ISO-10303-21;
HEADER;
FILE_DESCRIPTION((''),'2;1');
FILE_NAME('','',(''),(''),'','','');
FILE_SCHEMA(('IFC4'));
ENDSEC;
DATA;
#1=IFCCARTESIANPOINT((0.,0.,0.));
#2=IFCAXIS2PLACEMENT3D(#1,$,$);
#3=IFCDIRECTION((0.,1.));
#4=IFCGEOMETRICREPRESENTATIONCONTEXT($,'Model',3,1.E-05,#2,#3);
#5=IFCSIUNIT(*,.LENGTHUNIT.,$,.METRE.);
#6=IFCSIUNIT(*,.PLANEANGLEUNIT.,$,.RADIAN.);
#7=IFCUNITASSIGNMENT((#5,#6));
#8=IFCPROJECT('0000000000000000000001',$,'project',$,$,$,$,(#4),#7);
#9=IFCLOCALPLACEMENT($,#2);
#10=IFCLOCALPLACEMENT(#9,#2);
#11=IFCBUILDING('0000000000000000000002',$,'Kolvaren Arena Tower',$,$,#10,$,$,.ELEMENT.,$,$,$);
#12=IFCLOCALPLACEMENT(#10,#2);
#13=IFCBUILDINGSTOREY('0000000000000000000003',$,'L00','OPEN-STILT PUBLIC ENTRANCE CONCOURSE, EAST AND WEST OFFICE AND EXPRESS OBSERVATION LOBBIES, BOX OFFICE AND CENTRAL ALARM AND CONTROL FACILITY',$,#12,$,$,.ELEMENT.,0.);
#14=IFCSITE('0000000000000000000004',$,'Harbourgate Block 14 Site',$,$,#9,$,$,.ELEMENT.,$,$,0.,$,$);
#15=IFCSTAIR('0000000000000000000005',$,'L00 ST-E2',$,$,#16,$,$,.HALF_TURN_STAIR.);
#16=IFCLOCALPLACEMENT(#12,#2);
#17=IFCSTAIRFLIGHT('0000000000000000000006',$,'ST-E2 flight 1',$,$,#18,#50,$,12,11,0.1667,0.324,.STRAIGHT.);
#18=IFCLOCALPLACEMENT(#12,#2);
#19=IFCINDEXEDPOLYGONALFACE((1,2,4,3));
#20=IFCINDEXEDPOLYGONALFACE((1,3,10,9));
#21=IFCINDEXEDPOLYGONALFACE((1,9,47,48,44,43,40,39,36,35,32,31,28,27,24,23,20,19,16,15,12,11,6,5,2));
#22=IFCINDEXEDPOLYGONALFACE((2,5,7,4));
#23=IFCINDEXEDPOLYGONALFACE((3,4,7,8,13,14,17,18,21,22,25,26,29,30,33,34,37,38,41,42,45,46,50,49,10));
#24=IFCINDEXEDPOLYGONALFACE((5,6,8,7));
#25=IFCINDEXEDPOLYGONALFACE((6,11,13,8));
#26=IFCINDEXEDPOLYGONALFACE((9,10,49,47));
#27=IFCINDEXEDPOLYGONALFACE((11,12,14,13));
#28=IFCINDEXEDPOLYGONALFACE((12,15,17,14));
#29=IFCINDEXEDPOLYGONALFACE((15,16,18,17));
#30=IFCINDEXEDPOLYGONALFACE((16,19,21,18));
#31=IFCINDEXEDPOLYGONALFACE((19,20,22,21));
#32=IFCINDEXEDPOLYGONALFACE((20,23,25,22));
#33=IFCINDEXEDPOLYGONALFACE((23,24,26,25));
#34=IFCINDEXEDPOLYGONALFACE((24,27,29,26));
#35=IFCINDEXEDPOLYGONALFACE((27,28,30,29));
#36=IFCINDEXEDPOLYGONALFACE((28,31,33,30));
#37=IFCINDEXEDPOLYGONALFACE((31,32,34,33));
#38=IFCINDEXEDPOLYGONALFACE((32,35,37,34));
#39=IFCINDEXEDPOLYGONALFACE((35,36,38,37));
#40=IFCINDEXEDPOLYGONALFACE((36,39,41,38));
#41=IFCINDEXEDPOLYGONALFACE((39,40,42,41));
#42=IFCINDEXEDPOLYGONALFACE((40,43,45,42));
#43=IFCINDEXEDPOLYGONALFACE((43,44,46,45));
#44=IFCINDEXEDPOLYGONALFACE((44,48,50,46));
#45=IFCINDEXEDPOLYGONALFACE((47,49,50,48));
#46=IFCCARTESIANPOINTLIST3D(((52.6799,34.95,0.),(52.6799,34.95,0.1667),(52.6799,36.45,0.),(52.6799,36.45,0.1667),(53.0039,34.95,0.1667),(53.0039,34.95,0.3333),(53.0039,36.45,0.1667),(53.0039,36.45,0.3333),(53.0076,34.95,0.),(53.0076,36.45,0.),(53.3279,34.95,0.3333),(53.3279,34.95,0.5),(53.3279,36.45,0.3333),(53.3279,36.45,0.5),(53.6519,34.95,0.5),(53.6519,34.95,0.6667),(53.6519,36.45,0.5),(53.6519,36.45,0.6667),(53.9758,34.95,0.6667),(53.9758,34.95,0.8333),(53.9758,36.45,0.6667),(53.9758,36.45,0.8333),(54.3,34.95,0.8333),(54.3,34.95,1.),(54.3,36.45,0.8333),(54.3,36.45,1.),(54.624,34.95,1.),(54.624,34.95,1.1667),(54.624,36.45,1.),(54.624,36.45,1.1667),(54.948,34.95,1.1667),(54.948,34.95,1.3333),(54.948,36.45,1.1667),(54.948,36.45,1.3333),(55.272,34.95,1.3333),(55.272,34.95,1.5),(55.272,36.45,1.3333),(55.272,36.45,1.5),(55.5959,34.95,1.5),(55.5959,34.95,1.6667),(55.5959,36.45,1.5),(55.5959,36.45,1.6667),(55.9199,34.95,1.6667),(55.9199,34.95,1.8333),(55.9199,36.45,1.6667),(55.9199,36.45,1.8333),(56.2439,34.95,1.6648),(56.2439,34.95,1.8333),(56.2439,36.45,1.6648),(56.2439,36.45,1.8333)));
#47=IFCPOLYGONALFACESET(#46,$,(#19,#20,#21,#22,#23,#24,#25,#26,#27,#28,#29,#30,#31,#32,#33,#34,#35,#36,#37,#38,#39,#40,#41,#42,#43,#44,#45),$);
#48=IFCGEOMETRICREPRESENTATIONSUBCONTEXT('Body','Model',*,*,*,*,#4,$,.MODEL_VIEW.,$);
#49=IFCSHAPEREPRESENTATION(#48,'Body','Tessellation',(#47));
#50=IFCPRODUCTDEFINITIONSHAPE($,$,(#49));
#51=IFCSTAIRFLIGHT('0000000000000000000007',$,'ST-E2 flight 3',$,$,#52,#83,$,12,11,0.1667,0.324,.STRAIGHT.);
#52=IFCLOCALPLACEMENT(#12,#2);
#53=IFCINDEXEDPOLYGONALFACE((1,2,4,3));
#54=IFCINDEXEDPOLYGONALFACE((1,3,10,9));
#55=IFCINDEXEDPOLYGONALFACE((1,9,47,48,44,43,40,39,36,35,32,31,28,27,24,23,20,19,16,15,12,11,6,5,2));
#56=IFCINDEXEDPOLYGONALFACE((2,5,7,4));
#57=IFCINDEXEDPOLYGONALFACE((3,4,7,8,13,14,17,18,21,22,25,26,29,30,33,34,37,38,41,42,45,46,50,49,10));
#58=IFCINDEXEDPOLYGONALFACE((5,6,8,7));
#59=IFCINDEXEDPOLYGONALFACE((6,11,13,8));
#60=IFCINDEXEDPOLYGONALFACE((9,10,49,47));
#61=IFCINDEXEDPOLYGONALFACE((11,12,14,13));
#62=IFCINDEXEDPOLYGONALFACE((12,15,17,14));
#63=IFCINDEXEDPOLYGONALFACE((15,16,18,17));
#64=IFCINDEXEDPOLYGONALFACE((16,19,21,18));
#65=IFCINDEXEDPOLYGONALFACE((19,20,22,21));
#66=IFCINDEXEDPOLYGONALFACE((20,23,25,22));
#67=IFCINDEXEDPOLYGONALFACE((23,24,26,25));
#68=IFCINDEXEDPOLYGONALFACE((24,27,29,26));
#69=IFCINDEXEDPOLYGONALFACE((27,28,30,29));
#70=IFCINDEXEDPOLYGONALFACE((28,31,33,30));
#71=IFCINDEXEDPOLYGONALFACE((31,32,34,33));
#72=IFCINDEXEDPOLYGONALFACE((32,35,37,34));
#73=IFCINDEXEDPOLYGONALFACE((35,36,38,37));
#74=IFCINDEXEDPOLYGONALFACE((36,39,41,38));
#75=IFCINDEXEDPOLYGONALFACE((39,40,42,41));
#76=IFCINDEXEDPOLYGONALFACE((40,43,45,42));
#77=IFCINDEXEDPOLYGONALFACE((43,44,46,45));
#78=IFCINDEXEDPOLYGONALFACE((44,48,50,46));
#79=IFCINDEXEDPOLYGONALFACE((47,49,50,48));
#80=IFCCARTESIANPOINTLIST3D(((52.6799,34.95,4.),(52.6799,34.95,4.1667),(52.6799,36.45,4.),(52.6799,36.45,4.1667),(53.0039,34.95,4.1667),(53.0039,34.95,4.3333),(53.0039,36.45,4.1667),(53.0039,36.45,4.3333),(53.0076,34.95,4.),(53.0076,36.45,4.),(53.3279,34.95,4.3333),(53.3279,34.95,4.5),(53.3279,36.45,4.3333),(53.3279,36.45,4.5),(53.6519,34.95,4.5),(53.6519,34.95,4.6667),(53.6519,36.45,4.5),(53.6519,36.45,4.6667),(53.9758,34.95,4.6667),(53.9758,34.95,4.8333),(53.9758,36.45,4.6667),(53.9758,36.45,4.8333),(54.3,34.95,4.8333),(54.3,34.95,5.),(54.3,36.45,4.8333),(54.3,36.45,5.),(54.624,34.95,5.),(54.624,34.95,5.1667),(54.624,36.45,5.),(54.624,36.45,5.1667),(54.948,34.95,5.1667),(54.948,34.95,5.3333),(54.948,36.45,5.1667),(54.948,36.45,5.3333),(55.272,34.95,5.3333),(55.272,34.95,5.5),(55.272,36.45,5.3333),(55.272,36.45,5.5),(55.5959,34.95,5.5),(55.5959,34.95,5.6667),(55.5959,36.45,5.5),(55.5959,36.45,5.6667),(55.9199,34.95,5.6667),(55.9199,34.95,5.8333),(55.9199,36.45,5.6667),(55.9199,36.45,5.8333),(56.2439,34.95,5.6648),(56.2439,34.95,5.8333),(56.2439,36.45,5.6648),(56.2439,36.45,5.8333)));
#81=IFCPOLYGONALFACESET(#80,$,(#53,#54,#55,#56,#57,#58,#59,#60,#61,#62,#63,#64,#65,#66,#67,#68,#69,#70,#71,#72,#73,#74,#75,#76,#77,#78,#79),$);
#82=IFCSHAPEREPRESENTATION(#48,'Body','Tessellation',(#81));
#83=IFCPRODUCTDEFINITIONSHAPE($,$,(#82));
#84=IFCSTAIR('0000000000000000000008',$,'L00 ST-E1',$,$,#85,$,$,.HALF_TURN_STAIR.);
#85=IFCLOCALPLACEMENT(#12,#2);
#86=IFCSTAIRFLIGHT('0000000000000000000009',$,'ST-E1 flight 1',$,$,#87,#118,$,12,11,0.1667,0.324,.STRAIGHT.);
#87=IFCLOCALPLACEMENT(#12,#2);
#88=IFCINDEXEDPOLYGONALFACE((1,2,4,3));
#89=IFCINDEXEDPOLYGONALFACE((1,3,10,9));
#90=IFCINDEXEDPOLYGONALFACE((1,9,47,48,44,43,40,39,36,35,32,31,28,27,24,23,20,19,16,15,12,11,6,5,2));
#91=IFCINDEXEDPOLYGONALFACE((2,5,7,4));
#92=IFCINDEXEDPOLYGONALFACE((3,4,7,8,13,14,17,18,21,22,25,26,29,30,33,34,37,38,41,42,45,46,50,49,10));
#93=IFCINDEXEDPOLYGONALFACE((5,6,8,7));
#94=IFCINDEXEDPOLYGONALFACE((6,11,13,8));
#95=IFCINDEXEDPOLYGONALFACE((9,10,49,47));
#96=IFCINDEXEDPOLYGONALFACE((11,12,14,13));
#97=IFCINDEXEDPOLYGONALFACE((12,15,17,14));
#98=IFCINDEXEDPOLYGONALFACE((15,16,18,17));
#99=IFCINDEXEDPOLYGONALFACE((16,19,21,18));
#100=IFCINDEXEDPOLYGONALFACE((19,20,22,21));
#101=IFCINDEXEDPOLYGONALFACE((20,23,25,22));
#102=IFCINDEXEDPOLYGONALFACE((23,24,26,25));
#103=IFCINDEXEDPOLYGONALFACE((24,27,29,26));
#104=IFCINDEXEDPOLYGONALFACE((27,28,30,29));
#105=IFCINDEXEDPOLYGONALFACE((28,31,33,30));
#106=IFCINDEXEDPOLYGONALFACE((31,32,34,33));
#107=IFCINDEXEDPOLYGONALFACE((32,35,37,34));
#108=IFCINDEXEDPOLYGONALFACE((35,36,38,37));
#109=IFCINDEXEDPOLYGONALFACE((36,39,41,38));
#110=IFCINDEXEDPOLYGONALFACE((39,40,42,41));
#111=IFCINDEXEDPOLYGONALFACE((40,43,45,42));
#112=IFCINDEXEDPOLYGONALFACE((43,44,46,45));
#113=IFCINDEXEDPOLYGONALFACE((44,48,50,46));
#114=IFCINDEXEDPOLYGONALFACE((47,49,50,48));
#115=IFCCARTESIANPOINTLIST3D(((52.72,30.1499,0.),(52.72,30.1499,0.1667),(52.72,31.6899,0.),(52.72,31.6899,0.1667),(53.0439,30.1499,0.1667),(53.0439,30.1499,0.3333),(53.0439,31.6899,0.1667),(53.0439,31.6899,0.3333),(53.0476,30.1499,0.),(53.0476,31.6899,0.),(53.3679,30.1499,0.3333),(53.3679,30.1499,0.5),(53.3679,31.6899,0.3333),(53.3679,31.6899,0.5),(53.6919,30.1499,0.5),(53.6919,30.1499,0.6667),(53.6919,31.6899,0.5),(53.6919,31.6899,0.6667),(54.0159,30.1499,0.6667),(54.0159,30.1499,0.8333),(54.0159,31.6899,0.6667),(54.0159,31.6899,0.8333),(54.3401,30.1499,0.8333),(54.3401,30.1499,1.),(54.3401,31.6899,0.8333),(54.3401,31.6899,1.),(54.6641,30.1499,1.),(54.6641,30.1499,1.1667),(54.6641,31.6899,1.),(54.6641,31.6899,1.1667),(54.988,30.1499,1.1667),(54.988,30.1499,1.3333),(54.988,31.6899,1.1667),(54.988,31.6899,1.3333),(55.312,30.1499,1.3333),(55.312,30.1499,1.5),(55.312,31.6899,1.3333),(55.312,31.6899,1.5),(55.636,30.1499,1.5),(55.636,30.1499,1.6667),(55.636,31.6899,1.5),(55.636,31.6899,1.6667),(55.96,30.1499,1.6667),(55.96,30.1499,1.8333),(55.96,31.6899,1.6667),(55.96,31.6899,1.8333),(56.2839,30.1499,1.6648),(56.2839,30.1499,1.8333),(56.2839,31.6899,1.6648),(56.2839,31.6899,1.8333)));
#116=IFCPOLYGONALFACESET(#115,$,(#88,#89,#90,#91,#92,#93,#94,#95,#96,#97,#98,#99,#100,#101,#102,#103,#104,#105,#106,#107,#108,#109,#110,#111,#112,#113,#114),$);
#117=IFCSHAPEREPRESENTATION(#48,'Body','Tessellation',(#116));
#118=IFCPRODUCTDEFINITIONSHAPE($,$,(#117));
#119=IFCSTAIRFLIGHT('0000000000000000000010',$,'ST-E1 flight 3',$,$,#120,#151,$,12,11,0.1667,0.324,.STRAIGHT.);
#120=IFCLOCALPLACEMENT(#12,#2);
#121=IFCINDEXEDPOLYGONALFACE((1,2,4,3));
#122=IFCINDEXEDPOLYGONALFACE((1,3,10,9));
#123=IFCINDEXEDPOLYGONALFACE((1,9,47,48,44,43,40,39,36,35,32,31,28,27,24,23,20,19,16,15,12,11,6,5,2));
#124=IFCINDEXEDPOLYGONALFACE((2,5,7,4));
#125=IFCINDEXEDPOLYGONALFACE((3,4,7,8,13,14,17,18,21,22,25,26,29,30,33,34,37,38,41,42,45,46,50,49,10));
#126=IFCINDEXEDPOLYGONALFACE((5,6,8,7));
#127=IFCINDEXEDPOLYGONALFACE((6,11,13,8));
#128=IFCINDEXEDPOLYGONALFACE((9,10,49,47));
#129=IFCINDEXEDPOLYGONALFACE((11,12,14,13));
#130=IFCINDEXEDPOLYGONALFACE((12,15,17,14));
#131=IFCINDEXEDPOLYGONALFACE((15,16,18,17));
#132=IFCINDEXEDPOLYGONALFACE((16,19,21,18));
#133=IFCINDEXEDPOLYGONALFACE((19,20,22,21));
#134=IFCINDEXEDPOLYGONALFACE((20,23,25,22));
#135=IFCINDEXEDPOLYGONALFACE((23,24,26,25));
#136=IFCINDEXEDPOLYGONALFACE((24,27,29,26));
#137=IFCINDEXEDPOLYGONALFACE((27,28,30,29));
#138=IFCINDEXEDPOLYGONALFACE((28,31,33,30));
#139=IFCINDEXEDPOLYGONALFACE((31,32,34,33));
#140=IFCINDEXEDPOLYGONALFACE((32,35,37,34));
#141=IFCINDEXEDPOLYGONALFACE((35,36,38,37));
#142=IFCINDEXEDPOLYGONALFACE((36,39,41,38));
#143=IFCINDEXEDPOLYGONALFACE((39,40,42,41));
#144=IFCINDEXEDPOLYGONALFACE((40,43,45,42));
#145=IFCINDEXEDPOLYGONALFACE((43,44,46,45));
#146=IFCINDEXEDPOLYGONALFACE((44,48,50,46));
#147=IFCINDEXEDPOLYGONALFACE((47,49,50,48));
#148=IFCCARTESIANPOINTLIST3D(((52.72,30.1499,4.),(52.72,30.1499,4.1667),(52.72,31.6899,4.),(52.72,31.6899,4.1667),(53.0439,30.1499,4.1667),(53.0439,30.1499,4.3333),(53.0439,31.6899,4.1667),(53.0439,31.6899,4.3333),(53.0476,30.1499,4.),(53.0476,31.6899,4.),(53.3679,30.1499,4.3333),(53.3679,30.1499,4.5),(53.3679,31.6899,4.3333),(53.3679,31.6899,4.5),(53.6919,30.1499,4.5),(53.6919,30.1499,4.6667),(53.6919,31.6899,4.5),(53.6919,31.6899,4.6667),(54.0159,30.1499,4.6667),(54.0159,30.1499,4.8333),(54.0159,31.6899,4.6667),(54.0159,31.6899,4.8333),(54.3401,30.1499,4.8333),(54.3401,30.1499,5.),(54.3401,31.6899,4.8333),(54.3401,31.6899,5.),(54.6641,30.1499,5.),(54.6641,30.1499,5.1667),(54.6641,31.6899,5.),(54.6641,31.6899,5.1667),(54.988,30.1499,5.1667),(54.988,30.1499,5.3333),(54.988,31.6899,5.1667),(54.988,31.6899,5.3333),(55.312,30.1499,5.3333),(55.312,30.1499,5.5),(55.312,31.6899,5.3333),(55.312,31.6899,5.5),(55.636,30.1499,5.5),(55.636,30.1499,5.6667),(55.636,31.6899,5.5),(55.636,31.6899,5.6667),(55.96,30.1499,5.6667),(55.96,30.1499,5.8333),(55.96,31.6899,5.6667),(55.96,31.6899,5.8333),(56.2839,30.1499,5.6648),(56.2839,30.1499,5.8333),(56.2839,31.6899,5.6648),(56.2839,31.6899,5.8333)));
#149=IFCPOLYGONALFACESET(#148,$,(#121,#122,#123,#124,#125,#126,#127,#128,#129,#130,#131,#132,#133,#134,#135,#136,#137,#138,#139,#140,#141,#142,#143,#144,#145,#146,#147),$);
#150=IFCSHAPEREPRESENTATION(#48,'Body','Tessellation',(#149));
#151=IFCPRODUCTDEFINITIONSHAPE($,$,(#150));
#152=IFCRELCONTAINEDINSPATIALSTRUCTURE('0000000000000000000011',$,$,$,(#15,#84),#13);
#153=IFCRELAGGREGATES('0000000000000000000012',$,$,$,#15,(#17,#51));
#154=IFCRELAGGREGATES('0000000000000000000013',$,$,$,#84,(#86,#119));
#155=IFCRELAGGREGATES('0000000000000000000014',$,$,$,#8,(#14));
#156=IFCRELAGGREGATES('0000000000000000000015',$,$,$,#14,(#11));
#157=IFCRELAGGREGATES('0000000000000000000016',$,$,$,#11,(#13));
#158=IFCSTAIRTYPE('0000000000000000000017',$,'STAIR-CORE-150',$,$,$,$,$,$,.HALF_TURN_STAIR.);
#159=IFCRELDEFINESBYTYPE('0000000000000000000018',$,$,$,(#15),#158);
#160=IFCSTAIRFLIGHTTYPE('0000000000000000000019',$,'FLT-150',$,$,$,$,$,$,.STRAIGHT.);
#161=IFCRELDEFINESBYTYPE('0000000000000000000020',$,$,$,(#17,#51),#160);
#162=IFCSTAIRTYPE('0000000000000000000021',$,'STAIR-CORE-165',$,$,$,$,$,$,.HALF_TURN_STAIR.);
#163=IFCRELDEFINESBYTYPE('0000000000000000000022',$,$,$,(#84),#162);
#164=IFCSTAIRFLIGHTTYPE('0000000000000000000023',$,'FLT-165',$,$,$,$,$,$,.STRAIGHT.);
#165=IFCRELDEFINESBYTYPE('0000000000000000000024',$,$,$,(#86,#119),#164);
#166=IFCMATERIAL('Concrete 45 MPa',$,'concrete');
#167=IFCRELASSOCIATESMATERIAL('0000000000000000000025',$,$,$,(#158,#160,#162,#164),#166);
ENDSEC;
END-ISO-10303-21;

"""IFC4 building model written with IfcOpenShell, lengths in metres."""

from ifc_helpers import new_model, si_unit, direction, frame, origin, place, context, subcontext, project, spatial, polyline, outline, extrude, material, type_object, element, aggregate, save


model = new_model("IFC4")

# Units and contexts
model_context = context("Model", 3, precision=1e-05, world=origin(), true_north=direction((0.0, 1.0)))
body_context = subcontext(model_context, "Body", "Model", "MODEL_VIEW")
ifc_project = project(units=[si_unit("LENGTHUNIT", "METRE"), si_unit("PLANEANGLEUNIT", "RADIAN")], contexts=[model_context])

# Site, building, storey
site_placement = place(None, origin())
site = spatial("IfcSite", under=ifc_project, at=site_placement, Name="Harbourgate Block 14 Site", CompositionType="ELEMENT", RefElevation=0.0)
building_placement = place(site_placement, origin())
building = spatial("IfcBuilding", under=site, at=building_placement, Name="Kolvaren Arena Tower", CompositionType="ELEMENT")
storey_placement = place(building_placement, origin())
storey = spatial("IfcBuildingStorey", under=building, at=storey_placement, Name="L00", Description="OPEN-STILT PUBLIC ENTRANCE CONCOURSE, EAST AND WEST OFFICE AND EXPRESS OBSERVATION LOBBIES, BOX OFFICE AND CENTRAL ALARM AND CONTROL FACILITY", CompositionType="ELEMENT", Elevation=0.0)

# Shared definitions
ifc_material_1 = material(Name="Concrete 45 MPa", Category="concrete")

# Stairs, stair flights
stair_type_1 = type_object("IfcStairType", Name="STAIR-CORE-150", PredefinedType="HALF_TURN_STAIR", material=ifc_material_1)
stair_1_placement = place(storey_placement, origin())
stair_1 = element("IfcStair", 1, at=stair_1_placement, inside=storey, type_object=stair_type_1, Name="L00 ST-E2", PredefinedType="HALF_TURN_STAIR")
stair_flight_type_1 = type_object("IfcStairFlightType", Name="FLT-150", PredefinedType="STRAIGHT", material=ifc_material_1)
stair_flight_1_placement = place(storey_placement, frame((52.6799, 35.7, 0.0), z_axis=(0.0, 0.0, 1.0), x_axis=(1.0, 0.0, 0.0)))
stair_flight_1 = element("IfcStairFlight", 2, at=stair_flight_1_placement, type_object=stair_flight_type_1, Name="ST-E2 flight 1", NumberOfRisers=12, NumberOfTreads=11, PredefinedType="STRAIGHT", RiserHeight=0.1667, TreadLength=0.324, context=body_context, shape_type="SweptSolid", body=[
    extrude(outline(polyline([(0.0, 0.0), (0.0, 0.1667), (0.324, 0.1667), (0.324, 0.3333), (0.6479, 0.3333), (0.6479, 0.5), (0.9719, 0.5), (0.9719, 0.6667), (1.2959, 0.6667), (1.2959, 0.8333), (1.6201, 0.8333), (1.6201, 1.0), (1.9441, 1.0), (1.9441, 1.1667), (2.2681, 1.1667), (2.2681, 1.3333), (2.592, 1.3333), (2.592, 1.5), (2.916, 1.5), (2.916, 1.6667), (3.24, 1.6667), (3.24, 1.8333), (3.564, 1.8333), (3.564, 2.0), (3.564, 1.6648), (0.3276, 0.0), (0.0, 0.0)])), frame((0.0, 0.75, 0.0), z_axis=(0.0, -1.0, 0.0), x_axis=(1.0, 0.0, 0.0)), (0.0, 0.0, 1.0), 1.5),
])
stair_flight_2_placement = place(storey_placement, frame((52.6799, 35.7, 4.0), z_axis=(0.0, 0.0, 1.0), x_axis=(1.0, 0.0, 0.0)))
stair_flight_2 = element("IfcStairFlight", 3, at=stair_flight_2_placement, type_object=stair_flight_type_1, Name="ST-E2 flight 3", NumberOfRisers=12, NumberOfTreads=11, PredefinedType="STRAIGHT", RiserHeight=0.1667, TreadLength=0.324, context=body_context, shape_type="SweptSolid", body=[
    extrude(outline(polyline([(0.0, 0.0), (0.0, 0.1667), (0.324, 0.1667), (0.324, 0.3333), (0.6479, 0.3333), (0.6479, 0.5), (0.9719, 0.5), (0.9719, 0.6667), (1.2959, 0.6667), (1.2959, 0.8333), (1.6201, 0.8333), (1.6201, 1.0), (1.9441, 1.0), (1.9441, 1.1667), (2.2681, 1.1667), (2.2681, 1.3333), (2.592, 1.3333), (2.592, 1.5), (2.916, 1.5), (2.916, 1.6667), (3.24, 1.6667), (3.24, 1.8333), (3.564, 1.8333), (3.564, 2.0), (3.564, 1.6648), (0.3276, 0.0), (0.0, 0.0)])), frame((0.0, 0.75, 0.0), z_axis=(0.0, -1.0, 0.0), x_axis=(1.0, 0.0, 0.0)), (0.0, 0.0, 1.0), 1.5),
])
aggregate(stair_1, [stair_flight_1, stair_flight_2])
stair_type_2 = type_object("IfcStairType", Name="STAIR-CORE-165", PredefinedType="HALF_TURN_STAIR", material=ifc_material_1)
stair_2_placement = place(storey_placement, origin())
stair_2 = element("IfcStair", 4, at=stair_2_placement, inside=storey, type_object=stair_type_2, Name="L00 ST-E1", PredefinedType="HALF_TURN_STAIR")
stair_flight_type_2 = type_object("IfcStairFlightType", Name="FLT-165", PredefinedType="STRAIGHT", material=ifc_material_1)
stair_flight_3_placement = place(storey_placement, frame((52.72, 30.9199, 0.0), z_axis=(0.0, 0.0, 1.0), x_axis=(1.0, 0.0, 0.0)))
stair_flight_3 = element("IfcStairFlight", 5, at=stair_flight_3_placement, type_object=stair_flight_type_2, Name="ST-E1 flight 1", NumberOfRisers=12, NumberOfTreads=11, PredefinedType="STRAIGHT", RiserHeight=0.1667, TreadLength=0.324, context=body_context, shape_type="SweptSolid", body=[
    extrude(outline(polyline([(0.0, 0.0), (0.0, 0.1667), (0.324, 0.1667), (0.324, 0.3333), (0.6479, 0.3333), (0.6479, 0.5), (0.9719, 0.5), (0.9719, 0.6667), (1.2959, 0.6667), (1.2959, 0.8333), (1.6201, 0.8333), (1.6201, 1.0), (1.9441, 1.0), (1.9441, 1.1667), (2.2681, 1.1667), (2.2681, 1.3333), (2.592, 1.3333), (2.592, 1.5), (2.916, 1.5), (2.916, 1.6667), (3.24, 1.6667), (3.24, 1.8333), (3.564, 1.8333), (3.564, 2.0), (3.564, 1.6648), (0.3276, 0.0), (0.0, 0.0)])), frame((0.0, 0.77, 0.0), z_axis=(0.0, -1.0, 0.0), x_axis=(1.0, 0.0, 0.0)), (0.0, 0.0, 1.0), 1.54),
])
stair_flight_4_placement = place(storey_placement, frame((52.72, 30.9199, 4.0), z_axis=(0.0, 0.0, 1.0), x_axis=(1.0, 0.0, 0.0)))
stair_flight_4 = element("IfcStairFlight", 6, at=stair_flight_4_placement, type_object=stair_flight_type_2, Name="ST-E1 flight 3", NumberOfRisers=12, NumberOfTreads=11, PredefinedType="STRAIGHT", RiserHeight=0.1667, TreadLength=0.324, context=body_context, shape_type="SweptSolid", body=[
    extrude(outline(polyline([(0.0, 0.0), (0.0, 0.1667), (0.324, 0.1667), (0.324, 0.3333), (0.6479, 0.3333), (0.6479, 0.5), (0.9719, 0.5), (0.9719, 0.6667), (1.2959, 0.6667), (1.2959, 0.8333), (1.6201, 0.8333), (1.6201, 1.0), (1.9441, 1.0), (1.9441, 1.1667), (2.2681, 1.1667), (2.2681, 1.3333), (2.592, 1.3333), (2.592, 1.5), (2.916, 1.5), (2.916, 1.6667), (3.24, 1.6667), (3.24, 1.8333), (3.564, 1.8333), (3.564, 2.0), (3.564, 1.6648), (0.3276, 0.0), (0.0, 0.0)])), frame((0.0, 0.77, 0.0), z_axis=(0.0, -1.0, 0.0), x_axis=(1.0, 0.0, 0.0)), (0.0, 0.0, 1.0), 1.54),
])
aggregate(stair_2, [stair_flight_3, stair_flight_4])

save(model, "model.ifc")
